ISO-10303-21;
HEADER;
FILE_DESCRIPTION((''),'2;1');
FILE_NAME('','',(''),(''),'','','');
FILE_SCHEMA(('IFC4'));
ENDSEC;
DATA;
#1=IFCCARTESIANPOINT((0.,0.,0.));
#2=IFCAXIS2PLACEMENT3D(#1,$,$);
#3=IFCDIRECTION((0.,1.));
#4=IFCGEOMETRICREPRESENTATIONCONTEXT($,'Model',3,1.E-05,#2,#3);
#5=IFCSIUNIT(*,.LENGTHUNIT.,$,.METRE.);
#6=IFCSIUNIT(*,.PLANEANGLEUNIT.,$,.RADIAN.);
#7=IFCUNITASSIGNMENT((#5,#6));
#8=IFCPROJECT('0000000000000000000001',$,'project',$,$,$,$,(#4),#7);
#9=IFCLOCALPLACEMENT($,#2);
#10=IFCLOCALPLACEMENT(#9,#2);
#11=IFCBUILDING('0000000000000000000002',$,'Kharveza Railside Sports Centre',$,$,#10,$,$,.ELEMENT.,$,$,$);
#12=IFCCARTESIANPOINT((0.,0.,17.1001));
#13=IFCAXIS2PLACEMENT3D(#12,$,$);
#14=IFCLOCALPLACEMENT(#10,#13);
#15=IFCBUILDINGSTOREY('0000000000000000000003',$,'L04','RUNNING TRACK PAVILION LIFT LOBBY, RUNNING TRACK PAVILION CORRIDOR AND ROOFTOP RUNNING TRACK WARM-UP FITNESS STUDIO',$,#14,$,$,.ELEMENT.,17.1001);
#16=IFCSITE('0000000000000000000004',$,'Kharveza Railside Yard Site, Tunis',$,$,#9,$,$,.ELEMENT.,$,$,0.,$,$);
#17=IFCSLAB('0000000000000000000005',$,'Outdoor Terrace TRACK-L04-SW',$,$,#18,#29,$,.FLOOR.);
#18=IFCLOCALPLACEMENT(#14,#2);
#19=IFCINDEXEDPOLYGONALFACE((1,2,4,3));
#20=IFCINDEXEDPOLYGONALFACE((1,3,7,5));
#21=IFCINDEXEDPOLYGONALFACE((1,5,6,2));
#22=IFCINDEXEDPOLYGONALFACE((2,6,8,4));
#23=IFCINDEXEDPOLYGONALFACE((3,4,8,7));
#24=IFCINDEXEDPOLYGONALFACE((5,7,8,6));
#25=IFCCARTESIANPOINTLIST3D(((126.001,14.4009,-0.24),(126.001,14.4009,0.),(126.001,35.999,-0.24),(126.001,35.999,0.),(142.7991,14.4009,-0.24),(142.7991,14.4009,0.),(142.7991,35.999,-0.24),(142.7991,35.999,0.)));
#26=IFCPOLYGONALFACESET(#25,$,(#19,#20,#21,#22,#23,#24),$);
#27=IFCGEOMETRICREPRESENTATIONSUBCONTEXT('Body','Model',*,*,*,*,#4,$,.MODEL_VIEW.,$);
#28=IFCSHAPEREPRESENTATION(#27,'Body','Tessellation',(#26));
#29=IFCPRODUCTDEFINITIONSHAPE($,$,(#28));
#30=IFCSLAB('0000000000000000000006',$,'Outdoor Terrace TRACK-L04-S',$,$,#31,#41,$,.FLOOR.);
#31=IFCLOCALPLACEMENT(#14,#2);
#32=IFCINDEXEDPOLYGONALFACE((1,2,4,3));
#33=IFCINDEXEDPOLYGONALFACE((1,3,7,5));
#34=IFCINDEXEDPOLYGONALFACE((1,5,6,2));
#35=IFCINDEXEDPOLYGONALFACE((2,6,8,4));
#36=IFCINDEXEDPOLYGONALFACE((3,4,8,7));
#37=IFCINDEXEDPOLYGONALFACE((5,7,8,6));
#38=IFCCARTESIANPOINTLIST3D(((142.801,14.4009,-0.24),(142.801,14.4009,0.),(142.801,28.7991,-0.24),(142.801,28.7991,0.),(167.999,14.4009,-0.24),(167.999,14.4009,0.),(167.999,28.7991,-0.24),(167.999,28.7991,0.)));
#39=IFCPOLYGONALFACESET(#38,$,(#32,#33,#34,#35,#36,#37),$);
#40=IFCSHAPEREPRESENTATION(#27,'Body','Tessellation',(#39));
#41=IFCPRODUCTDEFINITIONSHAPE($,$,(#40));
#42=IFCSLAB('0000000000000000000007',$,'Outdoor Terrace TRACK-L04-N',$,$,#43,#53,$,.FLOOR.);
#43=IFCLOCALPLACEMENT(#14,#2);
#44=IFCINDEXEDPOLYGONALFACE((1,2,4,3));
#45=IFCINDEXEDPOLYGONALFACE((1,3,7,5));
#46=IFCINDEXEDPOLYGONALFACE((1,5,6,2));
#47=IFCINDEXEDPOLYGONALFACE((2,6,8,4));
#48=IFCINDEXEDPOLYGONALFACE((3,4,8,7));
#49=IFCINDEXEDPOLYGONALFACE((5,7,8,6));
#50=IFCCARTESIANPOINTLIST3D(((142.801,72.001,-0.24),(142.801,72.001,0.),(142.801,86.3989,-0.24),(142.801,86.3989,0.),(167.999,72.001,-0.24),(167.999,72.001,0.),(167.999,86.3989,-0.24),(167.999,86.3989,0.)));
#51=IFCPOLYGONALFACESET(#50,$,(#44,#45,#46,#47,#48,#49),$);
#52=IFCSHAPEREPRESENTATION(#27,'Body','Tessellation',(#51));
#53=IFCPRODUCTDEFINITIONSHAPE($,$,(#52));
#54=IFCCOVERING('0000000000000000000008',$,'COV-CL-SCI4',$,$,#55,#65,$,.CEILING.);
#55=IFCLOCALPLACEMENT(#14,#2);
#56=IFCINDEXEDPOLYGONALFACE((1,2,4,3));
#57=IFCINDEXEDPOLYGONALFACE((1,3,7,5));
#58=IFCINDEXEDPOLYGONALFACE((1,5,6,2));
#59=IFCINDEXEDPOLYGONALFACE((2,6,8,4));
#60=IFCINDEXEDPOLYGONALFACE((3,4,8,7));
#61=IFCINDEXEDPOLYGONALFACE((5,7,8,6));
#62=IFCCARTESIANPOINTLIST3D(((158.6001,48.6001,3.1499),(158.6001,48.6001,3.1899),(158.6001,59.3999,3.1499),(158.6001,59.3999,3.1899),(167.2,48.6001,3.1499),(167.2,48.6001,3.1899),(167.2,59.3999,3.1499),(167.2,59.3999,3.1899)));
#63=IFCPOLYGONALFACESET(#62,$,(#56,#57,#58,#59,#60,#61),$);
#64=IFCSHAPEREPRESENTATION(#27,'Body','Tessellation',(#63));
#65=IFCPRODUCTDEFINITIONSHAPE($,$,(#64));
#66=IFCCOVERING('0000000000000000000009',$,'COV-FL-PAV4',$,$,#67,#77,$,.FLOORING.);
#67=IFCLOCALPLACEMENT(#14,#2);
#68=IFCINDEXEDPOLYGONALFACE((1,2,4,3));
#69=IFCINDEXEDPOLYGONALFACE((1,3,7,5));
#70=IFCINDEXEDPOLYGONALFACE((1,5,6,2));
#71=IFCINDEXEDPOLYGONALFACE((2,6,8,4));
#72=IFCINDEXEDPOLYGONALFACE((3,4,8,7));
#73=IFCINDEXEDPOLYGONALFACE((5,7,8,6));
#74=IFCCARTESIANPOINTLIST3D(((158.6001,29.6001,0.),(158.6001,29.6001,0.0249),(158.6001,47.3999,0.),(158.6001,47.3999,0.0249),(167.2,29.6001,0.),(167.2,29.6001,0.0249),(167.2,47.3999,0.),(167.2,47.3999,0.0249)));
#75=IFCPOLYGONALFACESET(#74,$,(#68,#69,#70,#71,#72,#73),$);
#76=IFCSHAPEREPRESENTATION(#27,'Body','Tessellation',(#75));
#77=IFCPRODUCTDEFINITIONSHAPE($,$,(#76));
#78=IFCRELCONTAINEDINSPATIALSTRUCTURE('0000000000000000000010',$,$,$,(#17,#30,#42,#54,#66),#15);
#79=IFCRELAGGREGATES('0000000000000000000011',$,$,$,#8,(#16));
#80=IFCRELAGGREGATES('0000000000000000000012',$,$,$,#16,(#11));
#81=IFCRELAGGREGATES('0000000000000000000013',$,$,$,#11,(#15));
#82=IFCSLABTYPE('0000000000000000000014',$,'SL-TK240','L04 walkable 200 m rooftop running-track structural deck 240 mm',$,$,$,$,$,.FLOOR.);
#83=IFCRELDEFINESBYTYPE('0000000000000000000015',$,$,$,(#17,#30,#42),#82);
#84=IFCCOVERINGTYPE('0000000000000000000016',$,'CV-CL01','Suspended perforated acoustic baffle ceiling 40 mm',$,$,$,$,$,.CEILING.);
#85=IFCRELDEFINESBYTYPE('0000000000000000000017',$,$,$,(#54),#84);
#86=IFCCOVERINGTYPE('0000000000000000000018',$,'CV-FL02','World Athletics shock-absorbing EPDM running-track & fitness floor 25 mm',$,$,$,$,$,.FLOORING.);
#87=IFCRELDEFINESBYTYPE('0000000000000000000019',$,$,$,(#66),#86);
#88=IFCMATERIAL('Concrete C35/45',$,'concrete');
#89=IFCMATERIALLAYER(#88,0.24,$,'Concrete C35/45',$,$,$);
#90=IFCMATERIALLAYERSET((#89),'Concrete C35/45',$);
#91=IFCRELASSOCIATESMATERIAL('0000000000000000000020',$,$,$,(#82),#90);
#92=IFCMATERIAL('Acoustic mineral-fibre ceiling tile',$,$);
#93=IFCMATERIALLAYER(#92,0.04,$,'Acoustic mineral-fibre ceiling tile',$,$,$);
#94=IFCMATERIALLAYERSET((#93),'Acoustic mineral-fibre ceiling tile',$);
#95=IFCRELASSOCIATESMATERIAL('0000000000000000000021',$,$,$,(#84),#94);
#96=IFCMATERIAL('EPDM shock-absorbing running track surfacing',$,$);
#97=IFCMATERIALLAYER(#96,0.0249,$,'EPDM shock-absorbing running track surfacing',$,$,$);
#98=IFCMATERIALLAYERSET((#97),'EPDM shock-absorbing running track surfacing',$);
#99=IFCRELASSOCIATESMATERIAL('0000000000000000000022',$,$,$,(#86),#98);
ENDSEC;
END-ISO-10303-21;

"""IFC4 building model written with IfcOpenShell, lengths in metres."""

from ifc_helpers import new_model, si_unit, direction, frame, origin, place, context, subcontext, project, spatial, polyline, outline, extrude, material, layer, layer_set, type_object, element, save


model = new_model("IFC4")

# Units and contexts
model_context = context("Model", 3, precision=1e-05, world=origin(), true_north=direction((0.0, 1.0)))
body_context = subcontext(model_context, "Body", "Model", "MODEL_VIEW")
ifc_project = project(units=[si_unit("LENGTHUNIT", "METRE"), si_unit("PLANEANGLEUNIT", "RADIAN")], contexts=[model_context])

# Site, building, storey
site_placement = place(None, origin())
site = spatial("IfcSite", under=ifc_project, at=site_placement, Name="Kharveza Railside Yard Site, Tunis", CompositionType="ELEMENT", RefElevation=0.0)
building_placement = place(site_placement, origin())
building = spatial("IfcBuilding", under=site, at=building_placement, Name="Kharveza Railside Sports Centre", CompositionType="ELEMENT")
storey_placement = place(building_placement, frame((0.0, 0.0, 17.1001)))
storey = spatial("IfcBuildingStorey", under=building, at=storey_placement, Name="L04", Description="RUNNING TRACK PAVILION LIFT LOBBY, RUNNING TRACK PAVILION CORRIDOR AND ROOFTOP RUNNING TRACK WARM-UP FITNESS STUDIO", CompositionType="ELEMENT", Elevation=17.1001)

# Shared definitions
ifc_material_1 = material(Name="Concrete C35/45", Category="concrete")

# Slabs
ifc_layer_1 = layer(ifc_material_1, 0.24, Name="Concrete C35/45")
ifc_layer_set_1 = layer_set([ifc_layer_1], Name="Concrete C35/45")
slab_type_1 = type_object("IfcSlabType", Name="SL-TK240", Description="L04 walkable 200 m rooftop running-track structural deck 240 mm", PredefinedType="FLOOR", material=ifc_layer_set_1)
slab_1_placement = place(storey_placement, frame((0.0, 0.0, -0.24)))
element("IfcSlab", 1, at=slab_1_placement, inside=storey, type_object=slab_type_1, Name="Outdoor Terrace TRACK-L04-SW", PredefinedType="FLOOR", context=body_context, shape_type="SweptSolid", body=[
    extrude(outline(polyline([(126.001, 14.4009), (126.001, 35.999), (142.7991, 35.999), (142.7991, 14.4009), (126.001, 14.4009)])), origin(), (0.0, 0.0, 1.0), 0.24),
])
slab_2_placement = place(storey_placement, frame((0.0, 0.0, -0.24)))
element("IfcSlab", 2, at=slab_2_placement, inside=storey, type_object=slab_type_1, Name="Outdoor Terrace TRACK-L04-S", PredefinedType="FLOOR", context=body_context, shape_type="SweptSolid", body=[
    extrude(outline(polyline([(142.801, 14.4009), (142.801, 28.7991), (167.999, 28.7991), (167.999, 14.4009), (142.801, 14.4009)])), origin(), (0.0, 0.0, 1.0), 0.24),
])
slab_3_placement = place(storey_placement, frame((0.0, 0.0, -0.24)))
element("IfcSlab", 3, at=slab_3_placement, inside=storey, type_object=slab_type_1, Name="Outdoor Terrace TRACK-L04-N", PredefinedType="FLOOR", context=body_context, shape_type="SweptSolid", body=[
    extrude(outline(polyline([(142.801, 72.001), (142.801, 86.3989), (167.999, 86.3989), (167.999, 72.001), (142.801, 72.001)])), origin(), (0.0, 0.0, 1.0), 0.24),
])

# Coverings
ifc_material_2 = material(Name="Acoustic mineral-fibre ceiling tile")
ifc_layer_2 = layer(ifc_material_2, 0.04, Name="Acoustic mineral-fibre ceiling tile")
ifc_layer_set_2 = layer_set([ifc_layer_2], Name="Acoustic mineral-fibre ceiling tile")
covering_type_1 = type_object("IfcCoveringType", Name="CV-CL01", Description="Suspended perforated acoustic baffle ceiling 40 mm", PredefinedType="CEILING", material=ifc_layer_set_2)
covering_1_placement = place(storey_placement, frame((0.0, 0.0, 3.1499)))
element("IfcCovering", 4, at=covering_1_placement, inside=storey, type_object=covering_type_1, Name="COV-CL-SCI4", PredefinedType="CEILING", context=body_context, shape_type="SweptSolid", body=[
    extrude(outline(polyline([(158.6001, 48.6001), (158.6001, 59.3999), (167.2, 59.3999), (167.2, 48.6001), (158.6001, 48.6001)])), origin(), (0.0, 0.0, 1.0), 0.04),
])
ifc_material_3 = material(Name="EPDM shock-absorbing running track surfacing")
ifc_layer_3 = layer(ifc_material_3, 0.0249, Name="EPDM shock-absorbing running track surfacing")
ifc_layer_set_3 = layer_set([ifc_layer_3], Name="EPDM shock-absorbing running track surfacing")
covering_type_2 = type_object("IfcCoveringType", Name="CV-FL02", Description="World Athletics shock-absorbing EPDM running-track & fitness floor 25 mm", PredefinedType="FLOORING", material=ifc_layer_set_3)
covering_2_placement = place(storey_placement, origin())
element("IfcCovering", 5, at=covering_2_placement, inside=storey, type_object=covering_type_2, Name="COV-FL-PAV4", PredefinedType="FLOORING", context=body_context, shape_type="SweptSolid", body=[
    extrude(outline(polyline([(158.6001, 29.6001), (158.6001, 47.3999), (167.2, 47.3999), (167.2, 29.6001), (158.6001, 29.6001)])), origin(), (0.0, 0.0, 1.0), 0.0249),
])

save(model, "model.ifc")
